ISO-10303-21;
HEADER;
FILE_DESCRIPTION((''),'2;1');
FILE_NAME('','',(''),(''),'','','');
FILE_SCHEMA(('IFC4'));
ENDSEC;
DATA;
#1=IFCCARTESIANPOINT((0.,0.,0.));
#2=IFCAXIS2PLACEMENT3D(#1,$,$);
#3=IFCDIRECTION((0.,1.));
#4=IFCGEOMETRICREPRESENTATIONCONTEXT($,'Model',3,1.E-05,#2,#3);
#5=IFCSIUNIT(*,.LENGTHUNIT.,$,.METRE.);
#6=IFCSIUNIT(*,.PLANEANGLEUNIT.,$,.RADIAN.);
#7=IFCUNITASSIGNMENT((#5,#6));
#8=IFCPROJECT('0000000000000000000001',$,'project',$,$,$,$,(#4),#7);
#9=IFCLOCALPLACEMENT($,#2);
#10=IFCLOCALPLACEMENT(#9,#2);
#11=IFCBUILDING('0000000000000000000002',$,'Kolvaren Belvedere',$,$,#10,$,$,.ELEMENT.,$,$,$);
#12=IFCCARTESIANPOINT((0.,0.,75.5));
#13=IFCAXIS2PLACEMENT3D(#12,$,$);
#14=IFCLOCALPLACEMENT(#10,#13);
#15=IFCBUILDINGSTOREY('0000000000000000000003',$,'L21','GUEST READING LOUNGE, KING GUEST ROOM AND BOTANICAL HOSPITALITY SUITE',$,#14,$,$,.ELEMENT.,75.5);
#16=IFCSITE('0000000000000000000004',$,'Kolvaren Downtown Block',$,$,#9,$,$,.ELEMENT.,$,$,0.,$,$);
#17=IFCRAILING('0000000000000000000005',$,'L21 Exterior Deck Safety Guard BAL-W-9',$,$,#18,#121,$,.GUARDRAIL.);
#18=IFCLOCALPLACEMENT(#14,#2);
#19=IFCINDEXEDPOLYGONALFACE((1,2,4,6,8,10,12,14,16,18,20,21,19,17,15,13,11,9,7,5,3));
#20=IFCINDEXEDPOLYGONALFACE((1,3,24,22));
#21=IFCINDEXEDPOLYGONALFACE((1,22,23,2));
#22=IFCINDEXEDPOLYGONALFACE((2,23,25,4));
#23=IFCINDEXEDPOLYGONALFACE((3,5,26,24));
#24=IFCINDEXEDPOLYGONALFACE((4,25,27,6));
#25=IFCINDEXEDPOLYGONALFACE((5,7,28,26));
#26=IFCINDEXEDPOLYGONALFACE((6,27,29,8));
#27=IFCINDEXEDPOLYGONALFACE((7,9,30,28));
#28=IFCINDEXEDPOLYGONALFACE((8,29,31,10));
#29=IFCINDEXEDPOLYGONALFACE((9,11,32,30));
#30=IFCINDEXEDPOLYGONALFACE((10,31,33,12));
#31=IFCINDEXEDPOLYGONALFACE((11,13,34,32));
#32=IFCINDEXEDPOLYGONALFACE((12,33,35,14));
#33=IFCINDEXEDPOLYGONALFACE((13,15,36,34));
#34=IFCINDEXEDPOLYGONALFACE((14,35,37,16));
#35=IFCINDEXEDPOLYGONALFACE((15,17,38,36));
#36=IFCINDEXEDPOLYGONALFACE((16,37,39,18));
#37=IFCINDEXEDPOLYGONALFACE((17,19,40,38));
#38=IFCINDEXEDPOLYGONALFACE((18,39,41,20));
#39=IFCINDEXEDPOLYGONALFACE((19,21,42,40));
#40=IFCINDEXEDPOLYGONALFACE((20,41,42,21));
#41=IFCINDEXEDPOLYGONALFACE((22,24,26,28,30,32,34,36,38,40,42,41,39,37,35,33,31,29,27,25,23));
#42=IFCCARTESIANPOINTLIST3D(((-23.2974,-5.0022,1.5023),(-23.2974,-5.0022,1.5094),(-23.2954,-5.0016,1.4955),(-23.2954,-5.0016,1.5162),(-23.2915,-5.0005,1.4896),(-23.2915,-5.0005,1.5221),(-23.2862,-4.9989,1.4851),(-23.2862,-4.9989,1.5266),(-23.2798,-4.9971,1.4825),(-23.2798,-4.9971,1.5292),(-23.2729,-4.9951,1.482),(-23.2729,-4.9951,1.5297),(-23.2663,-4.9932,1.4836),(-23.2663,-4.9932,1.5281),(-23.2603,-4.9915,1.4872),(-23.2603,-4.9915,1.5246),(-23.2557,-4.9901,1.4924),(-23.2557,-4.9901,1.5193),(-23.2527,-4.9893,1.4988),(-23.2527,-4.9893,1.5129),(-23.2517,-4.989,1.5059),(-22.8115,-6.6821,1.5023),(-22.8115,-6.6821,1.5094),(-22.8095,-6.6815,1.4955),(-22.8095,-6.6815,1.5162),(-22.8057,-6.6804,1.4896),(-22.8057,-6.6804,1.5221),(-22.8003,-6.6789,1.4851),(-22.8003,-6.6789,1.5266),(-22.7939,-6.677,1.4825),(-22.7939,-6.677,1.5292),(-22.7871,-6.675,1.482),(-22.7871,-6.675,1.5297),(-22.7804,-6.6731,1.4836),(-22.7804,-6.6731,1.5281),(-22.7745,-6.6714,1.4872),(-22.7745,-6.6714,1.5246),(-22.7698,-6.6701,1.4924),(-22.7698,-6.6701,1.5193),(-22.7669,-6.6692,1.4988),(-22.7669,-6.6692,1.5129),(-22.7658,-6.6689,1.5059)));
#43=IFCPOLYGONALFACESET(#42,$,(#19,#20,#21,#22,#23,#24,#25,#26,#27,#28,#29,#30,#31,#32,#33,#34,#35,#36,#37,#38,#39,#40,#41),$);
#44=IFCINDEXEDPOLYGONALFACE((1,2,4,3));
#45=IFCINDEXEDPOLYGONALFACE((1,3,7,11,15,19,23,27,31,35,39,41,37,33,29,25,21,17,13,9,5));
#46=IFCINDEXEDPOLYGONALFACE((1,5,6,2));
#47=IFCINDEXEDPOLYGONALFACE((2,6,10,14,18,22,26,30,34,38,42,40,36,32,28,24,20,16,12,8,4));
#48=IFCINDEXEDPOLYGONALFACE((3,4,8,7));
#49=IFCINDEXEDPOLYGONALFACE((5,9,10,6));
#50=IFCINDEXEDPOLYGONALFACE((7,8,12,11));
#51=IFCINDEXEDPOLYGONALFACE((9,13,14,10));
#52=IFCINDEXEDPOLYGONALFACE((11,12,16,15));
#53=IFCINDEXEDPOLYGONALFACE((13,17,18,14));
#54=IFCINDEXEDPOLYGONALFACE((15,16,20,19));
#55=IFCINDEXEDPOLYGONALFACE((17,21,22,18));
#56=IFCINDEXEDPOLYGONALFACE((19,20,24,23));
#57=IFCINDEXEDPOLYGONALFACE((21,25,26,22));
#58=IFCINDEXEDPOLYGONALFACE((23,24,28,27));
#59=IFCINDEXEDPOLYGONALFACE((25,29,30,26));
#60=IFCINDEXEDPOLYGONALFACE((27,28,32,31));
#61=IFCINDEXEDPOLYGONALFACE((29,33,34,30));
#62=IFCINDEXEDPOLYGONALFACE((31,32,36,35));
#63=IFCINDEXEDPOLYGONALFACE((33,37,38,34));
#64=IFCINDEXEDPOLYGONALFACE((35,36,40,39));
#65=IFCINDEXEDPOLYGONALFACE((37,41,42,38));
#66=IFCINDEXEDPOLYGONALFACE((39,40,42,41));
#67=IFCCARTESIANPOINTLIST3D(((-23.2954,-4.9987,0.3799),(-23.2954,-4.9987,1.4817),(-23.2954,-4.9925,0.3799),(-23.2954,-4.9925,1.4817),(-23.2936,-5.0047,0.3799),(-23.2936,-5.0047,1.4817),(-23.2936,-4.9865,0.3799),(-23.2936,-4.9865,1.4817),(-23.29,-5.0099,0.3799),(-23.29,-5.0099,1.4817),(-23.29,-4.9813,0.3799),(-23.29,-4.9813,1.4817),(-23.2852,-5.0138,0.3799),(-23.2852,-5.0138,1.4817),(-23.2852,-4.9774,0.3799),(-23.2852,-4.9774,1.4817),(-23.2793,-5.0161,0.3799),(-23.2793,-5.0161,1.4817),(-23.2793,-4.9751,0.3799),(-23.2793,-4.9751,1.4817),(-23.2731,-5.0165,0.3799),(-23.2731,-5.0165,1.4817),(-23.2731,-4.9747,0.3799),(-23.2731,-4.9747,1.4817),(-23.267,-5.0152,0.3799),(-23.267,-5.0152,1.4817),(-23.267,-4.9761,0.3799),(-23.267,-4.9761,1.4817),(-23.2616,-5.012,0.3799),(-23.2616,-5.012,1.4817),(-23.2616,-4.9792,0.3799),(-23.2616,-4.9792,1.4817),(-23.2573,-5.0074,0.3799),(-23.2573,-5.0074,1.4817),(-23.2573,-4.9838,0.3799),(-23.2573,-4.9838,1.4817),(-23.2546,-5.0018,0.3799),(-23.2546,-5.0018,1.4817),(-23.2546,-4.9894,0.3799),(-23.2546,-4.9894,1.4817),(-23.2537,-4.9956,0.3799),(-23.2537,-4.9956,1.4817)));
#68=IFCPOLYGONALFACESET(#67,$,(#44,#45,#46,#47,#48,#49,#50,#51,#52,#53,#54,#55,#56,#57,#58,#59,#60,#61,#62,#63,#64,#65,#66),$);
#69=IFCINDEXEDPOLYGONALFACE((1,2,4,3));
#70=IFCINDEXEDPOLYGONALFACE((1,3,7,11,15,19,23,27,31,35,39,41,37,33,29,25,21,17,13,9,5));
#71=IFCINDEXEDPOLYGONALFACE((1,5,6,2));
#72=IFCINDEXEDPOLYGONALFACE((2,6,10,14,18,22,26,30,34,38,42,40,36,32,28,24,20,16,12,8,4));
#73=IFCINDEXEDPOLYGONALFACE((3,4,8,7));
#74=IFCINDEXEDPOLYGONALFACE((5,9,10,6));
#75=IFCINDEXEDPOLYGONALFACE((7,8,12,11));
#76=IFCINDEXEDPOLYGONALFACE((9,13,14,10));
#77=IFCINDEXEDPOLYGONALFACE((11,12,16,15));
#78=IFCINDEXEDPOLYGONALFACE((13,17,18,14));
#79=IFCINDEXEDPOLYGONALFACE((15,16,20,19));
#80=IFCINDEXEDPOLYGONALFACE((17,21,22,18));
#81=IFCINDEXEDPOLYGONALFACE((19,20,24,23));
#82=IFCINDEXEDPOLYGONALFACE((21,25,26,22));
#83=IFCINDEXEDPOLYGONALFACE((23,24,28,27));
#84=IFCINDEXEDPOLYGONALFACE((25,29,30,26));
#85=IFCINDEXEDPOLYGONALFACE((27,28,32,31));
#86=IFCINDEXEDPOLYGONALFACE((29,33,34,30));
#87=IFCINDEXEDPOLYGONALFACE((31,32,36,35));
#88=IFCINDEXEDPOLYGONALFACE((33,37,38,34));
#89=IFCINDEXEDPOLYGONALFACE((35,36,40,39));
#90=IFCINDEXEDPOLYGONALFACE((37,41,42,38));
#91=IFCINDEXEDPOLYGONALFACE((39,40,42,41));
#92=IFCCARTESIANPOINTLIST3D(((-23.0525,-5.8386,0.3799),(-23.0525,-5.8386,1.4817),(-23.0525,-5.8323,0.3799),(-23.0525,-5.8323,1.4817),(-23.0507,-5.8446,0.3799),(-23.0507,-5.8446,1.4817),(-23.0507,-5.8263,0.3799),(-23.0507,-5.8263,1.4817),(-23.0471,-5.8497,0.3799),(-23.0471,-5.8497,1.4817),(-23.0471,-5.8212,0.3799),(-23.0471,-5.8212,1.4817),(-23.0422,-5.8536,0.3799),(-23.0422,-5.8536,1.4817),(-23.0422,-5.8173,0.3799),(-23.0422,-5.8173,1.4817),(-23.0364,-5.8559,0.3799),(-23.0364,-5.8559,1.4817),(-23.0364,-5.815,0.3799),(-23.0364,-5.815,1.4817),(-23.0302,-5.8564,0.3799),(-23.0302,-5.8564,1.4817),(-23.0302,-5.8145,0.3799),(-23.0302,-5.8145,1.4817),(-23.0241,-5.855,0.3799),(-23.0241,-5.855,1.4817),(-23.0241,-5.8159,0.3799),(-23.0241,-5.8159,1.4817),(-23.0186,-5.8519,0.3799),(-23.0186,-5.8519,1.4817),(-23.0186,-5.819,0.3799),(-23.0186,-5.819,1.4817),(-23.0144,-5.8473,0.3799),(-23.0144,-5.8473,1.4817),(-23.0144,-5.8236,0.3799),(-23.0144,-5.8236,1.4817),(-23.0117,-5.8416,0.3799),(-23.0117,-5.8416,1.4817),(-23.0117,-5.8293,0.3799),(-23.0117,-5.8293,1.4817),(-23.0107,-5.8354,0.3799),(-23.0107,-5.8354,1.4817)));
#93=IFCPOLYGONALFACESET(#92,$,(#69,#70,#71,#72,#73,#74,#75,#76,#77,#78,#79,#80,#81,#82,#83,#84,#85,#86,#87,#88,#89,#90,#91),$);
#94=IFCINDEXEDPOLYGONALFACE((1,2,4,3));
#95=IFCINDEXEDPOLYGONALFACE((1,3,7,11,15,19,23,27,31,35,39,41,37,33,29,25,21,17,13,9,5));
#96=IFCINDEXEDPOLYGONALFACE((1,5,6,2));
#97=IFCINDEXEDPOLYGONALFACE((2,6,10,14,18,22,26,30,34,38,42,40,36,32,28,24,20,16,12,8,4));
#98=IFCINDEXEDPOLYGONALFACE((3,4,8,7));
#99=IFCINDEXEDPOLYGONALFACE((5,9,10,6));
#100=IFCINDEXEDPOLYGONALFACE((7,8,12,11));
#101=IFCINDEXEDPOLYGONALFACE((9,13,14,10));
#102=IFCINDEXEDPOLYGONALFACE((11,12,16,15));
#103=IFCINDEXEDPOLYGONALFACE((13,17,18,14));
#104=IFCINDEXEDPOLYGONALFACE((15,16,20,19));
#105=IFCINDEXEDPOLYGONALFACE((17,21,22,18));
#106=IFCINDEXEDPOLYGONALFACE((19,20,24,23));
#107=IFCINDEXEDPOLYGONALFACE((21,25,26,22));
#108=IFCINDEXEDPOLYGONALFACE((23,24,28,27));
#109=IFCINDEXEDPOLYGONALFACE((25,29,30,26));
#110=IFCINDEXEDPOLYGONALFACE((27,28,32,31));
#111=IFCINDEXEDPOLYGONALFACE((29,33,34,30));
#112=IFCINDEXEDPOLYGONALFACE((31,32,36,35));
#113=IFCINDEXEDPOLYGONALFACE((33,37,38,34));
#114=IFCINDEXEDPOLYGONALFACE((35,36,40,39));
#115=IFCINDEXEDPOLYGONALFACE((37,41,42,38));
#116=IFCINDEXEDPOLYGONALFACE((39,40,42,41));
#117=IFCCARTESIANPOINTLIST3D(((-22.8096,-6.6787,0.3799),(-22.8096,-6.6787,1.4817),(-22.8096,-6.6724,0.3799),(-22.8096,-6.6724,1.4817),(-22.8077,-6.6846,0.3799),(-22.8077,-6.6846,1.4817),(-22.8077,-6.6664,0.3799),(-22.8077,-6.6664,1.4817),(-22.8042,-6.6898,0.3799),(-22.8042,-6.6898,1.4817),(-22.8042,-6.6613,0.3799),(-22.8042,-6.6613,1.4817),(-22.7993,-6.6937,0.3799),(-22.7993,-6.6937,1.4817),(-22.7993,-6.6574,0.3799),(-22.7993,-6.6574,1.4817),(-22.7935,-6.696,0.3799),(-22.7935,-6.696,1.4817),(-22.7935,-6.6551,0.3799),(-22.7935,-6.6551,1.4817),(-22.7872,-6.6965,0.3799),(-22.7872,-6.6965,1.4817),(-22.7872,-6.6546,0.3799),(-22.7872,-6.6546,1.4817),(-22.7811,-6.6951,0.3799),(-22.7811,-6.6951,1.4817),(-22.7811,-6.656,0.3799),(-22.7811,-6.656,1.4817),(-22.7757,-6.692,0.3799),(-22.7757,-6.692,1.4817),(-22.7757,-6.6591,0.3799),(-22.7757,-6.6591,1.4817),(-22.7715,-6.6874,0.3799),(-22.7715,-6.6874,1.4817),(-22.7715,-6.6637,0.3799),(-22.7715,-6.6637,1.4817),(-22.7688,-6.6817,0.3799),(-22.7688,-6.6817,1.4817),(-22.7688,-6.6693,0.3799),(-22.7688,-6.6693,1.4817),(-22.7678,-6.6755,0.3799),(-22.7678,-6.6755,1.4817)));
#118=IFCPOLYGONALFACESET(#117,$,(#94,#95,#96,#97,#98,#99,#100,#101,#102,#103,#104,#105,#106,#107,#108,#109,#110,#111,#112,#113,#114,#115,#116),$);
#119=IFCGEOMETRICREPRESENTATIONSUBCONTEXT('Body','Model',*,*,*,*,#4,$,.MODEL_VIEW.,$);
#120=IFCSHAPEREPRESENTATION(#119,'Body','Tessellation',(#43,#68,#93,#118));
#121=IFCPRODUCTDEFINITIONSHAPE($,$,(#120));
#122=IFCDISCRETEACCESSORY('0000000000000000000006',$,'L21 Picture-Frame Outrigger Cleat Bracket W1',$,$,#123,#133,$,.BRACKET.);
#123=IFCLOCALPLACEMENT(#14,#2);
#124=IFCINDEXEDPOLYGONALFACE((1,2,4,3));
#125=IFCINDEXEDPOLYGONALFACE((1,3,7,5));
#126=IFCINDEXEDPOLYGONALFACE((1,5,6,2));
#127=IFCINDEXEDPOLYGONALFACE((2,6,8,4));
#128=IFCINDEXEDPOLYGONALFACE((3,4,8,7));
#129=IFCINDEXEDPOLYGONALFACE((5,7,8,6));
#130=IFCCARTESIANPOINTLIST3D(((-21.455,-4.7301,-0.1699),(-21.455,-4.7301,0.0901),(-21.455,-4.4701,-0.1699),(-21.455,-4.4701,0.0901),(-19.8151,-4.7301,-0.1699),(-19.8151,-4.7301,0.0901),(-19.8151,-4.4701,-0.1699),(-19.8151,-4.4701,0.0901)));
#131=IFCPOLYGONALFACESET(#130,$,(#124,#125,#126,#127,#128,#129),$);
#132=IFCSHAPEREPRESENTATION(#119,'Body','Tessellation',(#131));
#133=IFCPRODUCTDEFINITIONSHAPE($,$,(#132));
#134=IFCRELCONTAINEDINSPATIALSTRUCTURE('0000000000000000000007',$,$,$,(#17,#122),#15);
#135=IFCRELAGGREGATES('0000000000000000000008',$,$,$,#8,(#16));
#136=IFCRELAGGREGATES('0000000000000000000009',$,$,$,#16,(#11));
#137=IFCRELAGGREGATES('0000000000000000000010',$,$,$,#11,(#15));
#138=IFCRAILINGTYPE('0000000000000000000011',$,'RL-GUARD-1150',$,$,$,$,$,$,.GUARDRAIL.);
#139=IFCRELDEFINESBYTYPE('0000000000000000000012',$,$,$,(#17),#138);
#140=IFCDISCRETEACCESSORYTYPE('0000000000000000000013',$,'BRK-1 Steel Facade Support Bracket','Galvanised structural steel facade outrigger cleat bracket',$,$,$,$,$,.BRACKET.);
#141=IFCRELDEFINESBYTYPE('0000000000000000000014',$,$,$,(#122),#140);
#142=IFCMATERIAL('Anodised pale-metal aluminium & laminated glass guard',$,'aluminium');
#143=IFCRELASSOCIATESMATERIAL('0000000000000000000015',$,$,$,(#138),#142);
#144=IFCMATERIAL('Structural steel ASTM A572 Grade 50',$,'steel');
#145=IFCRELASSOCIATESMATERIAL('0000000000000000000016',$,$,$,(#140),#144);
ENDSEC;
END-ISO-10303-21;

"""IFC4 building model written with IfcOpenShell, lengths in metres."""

from ifc_helpers import new_model, si_unit, direction, frame, origin, origin_2d, place, context, subcontext, project, spatial, rectangle, circle, extrude, material, type_object, element, save


model = new_model("IFC4")

# Units and contexts
model_context = context("Model", 3, precision=1e-05, world=origin(), true_north=direction((0.0, 1.0)))
body_context = subcontext(model_context, "Body", "Model", "MODEL_VIEW")
ifc_project = project(units=[si_unit("LENGTHUNIT", "METRE"), si_unit("PLANEANGLEUNIT", "RADIAN")], contexts=[model_context])

# Site, building, storey
site_placement = place(None, origin())
site = spatial("IfcSite", under=ifc_project, at=site_placement, Name="Kolvaren Downtown Block", CompositionType="ELEMENT", RefElevation=0.0)
building_placement = place(site_placement, origin())
building = spatial("IfcBuilding", under=site, at=building_placement, Name="Kolvaren Belvedere", CompositionType="ELEMENT")
storey_placement = place(building_placement, frame((0.0, 0.0, 75.5)))
storey = spatial("IfcBuildingStorey", under=building, at=storey_placement, Name="L21", Description="GUEST READING LOUNGE, KING GUEST ROOM AND BOTANICAL HOSPITALITY SUITE", CompositionType="ELEMENT", Elevation=75.5)

# Railing
ifc_material_1 = material(Name="Anodised pale-metal aluminium & laminated glass guard", Category="aluminium")
railing_type = type_object("IfcRailingType", Name="RL-GUARD-1150", PredefinedType="GUARDRAIL", material=ifc_material_1)
railing_1_placement = place(storey_placement, frame((-23.2747, -4.9956, 0.3799)))
element("IfcRailing", 1, at=railing_1_placement, inside=storey, type_object=railing_type, Name="L21 Exterior Deck Safety Guard BAL-W-9", PredefinedType="GUARDRAIL", context=body_context, shape_type="SweptSolid", body=[
    extrude(circle(Radius=0.0239, at=origin_2d()), frame((0.0, 0.0, 1.126), z_axis=(0.277817, -0.960634, 0.0), x_axis=(0.960634, 0.277817, 0.0)), (0.0, 0.0, 1.0), 1.7488),
    extrude(circle(Radius=0.021, at=origin_2d()), origin(), (0.0, 0.0, 1.0), 1.1018),
    extrude(circle(Radius=0.021, at=origin_2d()), frame((0.2429, -0.8398, 0.0)), (0.0, 0.0, 1.0), 1.1018),
    extrude(circle(Radius=0.021, at=origin_2d()), frame((0.4858, -1.6799, 0.0)), (0.0, 0.0, 1.0), 1.1018),
])

# Discrete accessory
ifc_material_2 = material(Name="Structural steel ASTM A572 Grade 50", Category="steel")
discrete_accessory_type = type_object("IfcDiscreteAccessoryType", Name="BRK-1 Steel Facade Support Bracket", Description="Galvanised structural steel facade outrigger cleat bracket", PredefinedType="BRACKET", material=ifc_material_2)
discrete_accessory_placement = place(storey_placement, frame((-20.635, -4.6001, -0.1699), z_axis=(0.0, 0.0, 1.0), x_axis=(1.0, 0.0, 0.0)))
element("IfcDiscreteAccessory", 2, at=discrete_accessory_placement, inside=storey, type_object=discrete_accessory_type, Name="L21 Picture-Frame Outrigger Cleat Bracket W1", PredefinedType="BRACKET", context=body_context, shape_type="SweptSolid", body=[
    extrude(rectangle(XDim=1.6399, YDim=0.26, at=origin_2d()), origin(), (0.0, 0.0, 1.0), 0.26),
])

save(model, "model.ifc")
